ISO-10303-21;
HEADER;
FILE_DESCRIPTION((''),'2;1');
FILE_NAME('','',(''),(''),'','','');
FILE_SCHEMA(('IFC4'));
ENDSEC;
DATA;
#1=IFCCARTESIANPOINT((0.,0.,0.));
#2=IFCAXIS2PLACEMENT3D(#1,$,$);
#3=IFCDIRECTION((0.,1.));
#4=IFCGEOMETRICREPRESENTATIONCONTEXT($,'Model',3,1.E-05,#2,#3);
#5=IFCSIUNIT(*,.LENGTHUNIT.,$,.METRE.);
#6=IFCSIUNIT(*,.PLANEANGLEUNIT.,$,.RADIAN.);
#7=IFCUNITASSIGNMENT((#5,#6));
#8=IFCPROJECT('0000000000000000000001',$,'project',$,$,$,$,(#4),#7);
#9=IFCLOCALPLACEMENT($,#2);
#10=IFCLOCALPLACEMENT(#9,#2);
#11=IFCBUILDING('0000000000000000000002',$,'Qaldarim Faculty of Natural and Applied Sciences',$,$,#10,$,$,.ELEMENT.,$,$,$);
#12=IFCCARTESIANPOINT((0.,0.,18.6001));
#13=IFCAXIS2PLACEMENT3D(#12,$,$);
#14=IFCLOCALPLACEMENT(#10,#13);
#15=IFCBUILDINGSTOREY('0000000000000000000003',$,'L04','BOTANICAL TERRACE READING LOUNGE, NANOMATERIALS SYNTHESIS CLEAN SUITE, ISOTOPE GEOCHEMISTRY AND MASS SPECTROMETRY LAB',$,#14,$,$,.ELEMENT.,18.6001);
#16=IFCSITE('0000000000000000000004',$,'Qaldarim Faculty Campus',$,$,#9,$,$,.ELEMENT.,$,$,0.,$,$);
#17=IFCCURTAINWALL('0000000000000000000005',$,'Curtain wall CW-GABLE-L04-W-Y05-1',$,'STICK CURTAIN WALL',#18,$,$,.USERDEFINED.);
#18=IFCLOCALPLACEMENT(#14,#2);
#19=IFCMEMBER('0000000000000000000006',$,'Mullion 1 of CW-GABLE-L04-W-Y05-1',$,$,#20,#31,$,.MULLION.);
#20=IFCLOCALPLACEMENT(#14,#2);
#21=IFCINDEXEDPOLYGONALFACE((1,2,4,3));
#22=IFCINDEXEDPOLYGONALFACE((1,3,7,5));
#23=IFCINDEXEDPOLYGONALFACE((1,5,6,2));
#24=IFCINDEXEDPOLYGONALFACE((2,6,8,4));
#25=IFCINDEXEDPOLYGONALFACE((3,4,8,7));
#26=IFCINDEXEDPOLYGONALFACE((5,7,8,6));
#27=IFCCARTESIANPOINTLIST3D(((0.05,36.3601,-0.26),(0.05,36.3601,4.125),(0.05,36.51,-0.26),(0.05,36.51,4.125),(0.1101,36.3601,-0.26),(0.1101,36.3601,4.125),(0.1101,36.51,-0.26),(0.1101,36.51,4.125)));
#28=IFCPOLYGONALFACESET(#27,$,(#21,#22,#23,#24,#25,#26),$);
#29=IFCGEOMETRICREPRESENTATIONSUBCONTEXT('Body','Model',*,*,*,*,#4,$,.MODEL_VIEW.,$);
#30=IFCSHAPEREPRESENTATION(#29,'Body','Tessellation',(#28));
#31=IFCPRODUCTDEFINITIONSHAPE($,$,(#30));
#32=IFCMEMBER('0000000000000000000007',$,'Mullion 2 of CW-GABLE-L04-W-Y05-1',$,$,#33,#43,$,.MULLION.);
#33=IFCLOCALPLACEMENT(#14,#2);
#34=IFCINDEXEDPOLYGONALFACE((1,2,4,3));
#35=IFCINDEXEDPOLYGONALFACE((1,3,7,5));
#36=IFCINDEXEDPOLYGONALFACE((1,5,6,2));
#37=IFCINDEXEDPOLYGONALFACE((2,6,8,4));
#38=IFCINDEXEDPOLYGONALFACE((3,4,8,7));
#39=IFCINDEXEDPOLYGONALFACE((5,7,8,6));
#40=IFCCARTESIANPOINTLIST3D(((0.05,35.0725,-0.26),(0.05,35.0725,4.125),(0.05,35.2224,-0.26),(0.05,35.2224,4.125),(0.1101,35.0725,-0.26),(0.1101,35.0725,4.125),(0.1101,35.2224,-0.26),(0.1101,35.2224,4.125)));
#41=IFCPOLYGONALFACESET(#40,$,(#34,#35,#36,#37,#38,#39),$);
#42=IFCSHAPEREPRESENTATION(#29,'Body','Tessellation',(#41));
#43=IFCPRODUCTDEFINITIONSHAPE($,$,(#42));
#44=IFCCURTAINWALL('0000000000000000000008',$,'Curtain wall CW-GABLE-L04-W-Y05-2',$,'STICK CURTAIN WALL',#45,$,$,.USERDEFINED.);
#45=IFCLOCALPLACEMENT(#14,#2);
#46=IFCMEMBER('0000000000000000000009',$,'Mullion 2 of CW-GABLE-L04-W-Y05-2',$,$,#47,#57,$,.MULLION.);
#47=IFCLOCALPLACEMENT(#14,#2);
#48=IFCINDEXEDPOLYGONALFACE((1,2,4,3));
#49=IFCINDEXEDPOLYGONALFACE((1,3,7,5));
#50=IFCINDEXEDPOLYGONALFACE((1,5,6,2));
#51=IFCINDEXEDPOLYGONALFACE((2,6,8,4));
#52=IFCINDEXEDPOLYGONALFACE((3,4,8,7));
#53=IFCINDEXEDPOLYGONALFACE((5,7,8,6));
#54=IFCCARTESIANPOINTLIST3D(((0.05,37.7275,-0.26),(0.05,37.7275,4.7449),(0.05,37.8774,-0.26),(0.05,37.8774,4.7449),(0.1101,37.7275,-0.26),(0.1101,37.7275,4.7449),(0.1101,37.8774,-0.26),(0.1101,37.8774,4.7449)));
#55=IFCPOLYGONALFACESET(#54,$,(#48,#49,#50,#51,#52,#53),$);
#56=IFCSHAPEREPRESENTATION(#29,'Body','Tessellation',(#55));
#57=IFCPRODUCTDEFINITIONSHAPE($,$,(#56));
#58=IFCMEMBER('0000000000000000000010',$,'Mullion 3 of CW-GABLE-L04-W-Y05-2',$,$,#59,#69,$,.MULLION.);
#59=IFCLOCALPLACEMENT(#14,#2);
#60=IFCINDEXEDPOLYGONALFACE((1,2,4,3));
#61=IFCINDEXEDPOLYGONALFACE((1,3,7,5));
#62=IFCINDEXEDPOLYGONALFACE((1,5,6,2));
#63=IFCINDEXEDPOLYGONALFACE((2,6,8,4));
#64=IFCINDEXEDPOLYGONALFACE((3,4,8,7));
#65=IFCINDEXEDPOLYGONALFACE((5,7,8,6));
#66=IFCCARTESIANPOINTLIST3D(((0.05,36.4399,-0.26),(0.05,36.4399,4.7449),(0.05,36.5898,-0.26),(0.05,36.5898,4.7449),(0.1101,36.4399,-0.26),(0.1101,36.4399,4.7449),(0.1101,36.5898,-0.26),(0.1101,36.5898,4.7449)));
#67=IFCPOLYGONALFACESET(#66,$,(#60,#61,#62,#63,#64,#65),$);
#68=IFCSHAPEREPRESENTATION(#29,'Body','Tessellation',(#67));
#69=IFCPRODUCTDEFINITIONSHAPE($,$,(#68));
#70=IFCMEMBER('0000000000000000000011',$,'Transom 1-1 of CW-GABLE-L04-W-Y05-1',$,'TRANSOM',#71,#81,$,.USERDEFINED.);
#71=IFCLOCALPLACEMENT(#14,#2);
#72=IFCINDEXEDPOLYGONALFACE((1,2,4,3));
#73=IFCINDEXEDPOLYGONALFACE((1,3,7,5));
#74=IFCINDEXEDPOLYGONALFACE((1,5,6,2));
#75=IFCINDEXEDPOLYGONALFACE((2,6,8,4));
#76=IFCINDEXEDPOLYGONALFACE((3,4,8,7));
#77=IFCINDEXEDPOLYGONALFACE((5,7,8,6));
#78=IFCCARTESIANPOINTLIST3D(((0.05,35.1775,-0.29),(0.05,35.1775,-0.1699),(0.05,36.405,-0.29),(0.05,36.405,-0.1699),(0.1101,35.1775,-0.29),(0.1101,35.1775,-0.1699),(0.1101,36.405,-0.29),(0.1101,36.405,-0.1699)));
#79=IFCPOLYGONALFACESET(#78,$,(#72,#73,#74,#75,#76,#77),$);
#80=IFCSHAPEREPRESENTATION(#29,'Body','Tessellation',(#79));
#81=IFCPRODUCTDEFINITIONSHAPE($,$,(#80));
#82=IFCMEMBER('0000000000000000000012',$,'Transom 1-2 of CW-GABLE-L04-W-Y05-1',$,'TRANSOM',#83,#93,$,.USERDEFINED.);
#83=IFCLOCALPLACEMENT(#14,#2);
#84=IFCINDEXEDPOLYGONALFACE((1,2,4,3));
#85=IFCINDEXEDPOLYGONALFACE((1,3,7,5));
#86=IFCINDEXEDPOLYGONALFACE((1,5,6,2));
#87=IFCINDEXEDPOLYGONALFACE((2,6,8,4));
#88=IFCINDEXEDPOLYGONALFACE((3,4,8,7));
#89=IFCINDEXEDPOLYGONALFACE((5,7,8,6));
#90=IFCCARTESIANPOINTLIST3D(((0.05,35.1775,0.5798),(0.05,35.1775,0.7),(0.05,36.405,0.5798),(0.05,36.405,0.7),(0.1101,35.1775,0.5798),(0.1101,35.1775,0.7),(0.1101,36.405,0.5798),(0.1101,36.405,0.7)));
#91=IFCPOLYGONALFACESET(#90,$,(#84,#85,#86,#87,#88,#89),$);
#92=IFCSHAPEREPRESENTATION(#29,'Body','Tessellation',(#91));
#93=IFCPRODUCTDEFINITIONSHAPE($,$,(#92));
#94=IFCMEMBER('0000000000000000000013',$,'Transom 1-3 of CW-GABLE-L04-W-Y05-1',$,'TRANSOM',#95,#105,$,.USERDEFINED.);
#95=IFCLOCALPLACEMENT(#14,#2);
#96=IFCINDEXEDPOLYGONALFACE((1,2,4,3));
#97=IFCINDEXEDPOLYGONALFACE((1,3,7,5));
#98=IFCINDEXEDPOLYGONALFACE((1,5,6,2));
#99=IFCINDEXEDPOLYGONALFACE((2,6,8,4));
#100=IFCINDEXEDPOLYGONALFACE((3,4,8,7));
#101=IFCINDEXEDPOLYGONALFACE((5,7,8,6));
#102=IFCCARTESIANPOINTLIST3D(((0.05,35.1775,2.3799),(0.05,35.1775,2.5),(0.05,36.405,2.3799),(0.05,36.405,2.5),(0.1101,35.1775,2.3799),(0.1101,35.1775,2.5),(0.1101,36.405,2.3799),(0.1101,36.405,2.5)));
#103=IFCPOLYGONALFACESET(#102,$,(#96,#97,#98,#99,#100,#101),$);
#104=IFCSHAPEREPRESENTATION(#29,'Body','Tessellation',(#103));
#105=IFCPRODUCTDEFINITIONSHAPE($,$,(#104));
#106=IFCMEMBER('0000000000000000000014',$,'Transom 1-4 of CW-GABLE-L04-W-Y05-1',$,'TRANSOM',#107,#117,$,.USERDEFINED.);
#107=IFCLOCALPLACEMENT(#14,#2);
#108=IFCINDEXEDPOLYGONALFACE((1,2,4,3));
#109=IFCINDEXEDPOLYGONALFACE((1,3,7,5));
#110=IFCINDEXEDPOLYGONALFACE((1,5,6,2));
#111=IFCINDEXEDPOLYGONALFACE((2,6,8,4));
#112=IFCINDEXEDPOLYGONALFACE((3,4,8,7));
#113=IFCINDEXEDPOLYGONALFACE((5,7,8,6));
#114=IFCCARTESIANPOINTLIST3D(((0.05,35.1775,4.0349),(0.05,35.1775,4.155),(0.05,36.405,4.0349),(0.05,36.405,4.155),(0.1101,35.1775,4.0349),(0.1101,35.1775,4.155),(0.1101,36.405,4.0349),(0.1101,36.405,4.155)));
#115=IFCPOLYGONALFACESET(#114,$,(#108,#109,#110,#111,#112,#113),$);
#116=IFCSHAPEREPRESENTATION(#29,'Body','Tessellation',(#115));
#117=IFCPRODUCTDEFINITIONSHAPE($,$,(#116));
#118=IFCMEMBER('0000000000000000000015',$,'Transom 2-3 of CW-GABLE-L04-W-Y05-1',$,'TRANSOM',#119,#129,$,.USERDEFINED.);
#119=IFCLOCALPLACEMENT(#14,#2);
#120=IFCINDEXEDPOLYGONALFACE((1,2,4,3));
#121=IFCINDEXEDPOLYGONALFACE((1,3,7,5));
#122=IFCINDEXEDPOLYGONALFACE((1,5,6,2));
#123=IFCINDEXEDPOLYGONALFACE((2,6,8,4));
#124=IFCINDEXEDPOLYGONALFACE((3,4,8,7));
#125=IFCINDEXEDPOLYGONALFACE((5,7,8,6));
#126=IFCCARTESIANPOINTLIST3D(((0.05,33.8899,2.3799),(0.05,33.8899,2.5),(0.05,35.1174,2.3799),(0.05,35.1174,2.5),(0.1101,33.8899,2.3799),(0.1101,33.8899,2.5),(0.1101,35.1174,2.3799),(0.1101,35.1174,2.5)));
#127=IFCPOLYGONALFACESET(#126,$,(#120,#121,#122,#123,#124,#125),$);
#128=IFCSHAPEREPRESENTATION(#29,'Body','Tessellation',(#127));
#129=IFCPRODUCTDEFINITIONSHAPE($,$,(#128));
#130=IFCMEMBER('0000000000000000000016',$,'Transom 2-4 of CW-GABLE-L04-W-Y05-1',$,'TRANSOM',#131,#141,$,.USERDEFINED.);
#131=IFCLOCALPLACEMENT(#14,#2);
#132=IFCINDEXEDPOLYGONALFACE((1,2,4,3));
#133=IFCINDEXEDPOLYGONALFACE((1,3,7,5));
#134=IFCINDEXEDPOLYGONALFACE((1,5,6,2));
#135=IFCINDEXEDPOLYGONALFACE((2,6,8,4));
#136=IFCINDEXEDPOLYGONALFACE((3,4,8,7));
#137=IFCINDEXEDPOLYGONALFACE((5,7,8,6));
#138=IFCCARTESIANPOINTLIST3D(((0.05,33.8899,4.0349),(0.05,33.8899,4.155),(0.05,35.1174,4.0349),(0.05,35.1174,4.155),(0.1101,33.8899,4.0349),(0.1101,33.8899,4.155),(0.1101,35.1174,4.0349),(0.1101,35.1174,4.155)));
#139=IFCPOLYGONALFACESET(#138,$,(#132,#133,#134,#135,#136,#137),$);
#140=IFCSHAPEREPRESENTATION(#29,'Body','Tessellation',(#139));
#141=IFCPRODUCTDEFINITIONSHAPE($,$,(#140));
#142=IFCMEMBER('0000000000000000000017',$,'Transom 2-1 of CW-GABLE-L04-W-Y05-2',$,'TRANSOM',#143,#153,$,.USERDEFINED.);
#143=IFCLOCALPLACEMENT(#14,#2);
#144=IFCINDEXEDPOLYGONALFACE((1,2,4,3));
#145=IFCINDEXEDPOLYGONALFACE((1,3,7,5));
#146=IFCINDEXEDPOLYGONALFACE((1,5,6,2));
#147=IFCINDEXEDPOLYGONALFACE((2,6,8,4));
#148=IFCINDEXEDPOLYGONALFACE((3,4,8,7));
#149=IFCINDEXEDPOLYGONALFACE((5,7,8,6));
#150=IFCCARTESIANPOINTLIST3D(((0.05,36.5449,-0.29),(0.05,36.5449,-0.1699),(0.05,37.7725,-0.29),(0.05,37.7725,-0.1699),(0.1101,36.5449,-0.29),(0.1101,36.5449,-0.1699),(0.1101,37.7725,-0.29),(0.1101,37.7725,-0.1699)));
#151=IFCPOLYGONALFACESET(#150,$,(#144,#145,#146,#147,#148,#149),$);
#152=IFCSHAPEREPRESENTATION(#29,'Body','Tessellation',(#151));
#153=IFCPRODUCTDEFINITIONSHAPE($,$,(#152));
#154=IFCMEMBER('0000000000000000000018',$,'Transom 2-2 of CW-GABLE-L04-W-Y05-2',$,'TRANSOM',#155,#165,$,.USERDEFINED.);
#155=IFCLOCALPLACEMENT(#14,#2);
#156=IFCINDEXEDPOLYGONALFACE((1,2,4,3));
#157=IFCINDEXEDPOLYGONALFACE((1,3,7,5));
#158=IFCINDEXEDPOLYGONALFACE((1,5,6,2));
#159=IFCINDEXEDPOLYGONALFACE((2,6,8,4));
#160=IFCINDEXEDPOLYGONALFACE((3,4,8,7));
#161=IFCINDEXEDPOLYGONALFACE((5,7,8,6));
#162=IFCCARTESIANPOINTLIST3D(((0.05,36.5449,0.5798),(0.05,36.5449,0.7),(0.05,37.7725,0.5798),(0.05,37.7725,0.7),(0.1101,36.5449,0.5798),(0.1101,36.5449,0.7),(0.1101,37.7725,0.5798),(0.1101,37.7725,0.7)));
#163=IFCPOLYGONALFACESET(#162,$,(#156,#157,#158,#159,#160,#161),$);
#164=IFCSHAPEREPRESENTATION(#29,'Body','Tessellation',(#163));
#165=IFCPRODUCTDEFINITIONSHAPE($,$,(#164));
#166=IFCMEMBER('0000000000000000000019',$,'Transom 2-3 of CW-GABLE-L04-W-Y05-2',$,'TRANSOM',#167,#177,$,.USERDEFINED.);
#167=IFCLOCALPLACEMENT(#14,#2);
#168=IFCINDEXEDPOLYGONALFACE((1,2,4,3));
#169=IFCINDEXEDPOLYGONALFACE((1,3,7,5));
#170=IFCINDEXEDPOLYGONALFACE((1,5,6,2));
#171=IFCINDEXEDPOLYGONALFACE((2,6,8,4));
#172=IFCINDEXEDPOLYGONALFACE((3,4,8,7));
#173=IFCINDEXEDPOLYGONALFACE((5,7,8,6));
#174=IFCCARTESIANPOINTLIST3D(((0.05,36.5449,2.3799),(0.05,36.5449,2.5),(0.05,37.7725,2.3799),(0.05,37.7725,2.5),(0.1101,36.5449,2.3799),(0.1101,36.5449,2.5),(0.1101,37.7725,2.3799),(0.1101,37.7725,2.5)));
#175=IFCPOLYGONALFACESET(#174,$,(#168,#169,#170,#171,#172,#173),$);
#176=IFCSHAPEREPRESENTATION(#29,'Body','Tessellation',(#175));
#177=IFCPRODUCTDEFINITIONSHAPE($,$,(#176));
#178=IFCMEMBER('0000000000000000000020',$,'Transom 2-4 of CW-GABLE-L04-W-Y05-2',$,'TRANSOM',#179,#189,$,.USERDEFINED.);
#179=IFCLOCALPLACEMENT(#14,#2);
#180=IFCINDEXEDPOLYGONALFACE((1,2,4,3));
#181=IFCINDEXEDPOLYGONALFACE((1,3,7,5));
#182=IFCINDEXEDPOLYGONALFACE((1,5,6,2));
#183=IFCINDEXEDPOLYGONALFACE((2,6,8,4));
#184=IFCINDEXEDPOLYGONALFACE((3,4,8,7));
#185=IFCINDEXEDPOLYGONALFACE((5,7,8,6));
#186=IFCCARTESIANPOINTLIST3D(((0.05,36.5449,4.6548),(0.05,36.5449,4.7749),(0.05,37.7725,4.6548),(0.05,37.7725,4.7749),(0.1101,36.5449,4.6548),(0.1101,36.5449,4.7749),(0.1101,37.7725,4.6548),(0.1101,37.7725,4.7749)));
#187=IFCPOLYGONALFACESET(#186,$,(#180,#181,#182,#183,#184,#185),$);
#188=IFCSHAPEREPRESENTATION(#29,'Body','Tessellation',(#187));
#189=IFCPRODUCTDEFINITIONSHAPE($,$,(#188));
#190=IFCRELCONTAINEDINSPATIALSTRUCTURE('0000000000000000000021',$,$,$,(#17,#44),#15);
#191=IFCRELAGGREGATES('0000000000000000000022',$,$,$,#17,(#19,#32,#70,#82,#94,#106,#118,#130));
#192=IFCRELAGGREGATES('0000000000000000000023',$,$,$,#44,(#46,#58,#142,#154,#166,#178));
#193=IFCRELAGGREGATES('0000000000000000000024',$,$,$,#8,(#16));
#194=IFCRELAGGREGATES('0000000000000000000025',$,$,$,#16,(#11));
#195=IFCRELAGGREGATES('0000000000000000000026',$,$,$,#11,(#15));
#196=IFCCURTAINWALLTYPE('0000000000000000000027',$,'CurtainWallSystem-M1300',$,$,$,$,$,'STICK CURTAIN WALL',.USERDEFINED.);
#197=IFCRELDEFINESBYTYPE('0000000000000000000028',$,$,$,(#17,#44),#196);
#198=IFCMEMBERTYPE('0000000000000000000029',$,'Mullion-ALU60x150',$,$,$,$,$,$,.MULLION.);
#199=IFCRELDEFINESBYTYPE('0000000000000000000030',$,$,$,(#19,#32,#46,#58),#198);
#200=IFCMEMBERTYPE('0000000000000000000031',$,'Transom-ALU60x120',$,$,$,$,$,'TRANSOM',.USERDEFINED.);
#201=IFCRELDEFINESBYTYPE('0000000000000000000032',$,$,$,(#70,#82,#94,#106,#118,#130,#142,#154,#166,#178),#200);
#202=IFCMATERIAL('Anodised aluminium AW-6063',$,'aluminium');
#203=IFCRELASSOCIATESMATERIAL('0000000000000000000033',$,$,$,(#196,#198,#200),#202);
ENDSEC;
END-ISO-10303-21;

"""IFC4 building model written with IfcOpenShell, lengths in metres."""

from ifc_helpers import new_model, si_unit, direction, frame, origin, origin_2d, place, context, subcontext, project, spatial, rectangle, extrude, material, material_profile, profile_set, type_object, element, aggregate, save


model = new_model("IFC4")

# Units and contexts
model_context = context("Model", 3, precision=1e-05, world=origin(), true_north=direction((0.0, 1.0)))
body_context = subcontext(model_context, "Body", "Model", "MODEL_VIEW")
ifc_project = project(units=[si_unit("LENGTHUNIT", "METRE"), si_unit("PLANEANGLEUNIT", "RADIAN")], contexts=[model_context])

# Site, building, storey
site_placement = place(None, origin())
site = spatial("IfcSite", under=ifc_project, at=site_placement, Name="Qaldarim Faculty Campus", CompositionType="ELEMENT", RefElevation=0.0)
building_placement = place(site_placement, origin())
building = spatial("IfcBuilding", under=site, at=building_placement, Name="Qaldarim Faculty of Natural and Applied Sciences", CompositionType="ELEMENT")
storey_placement = place(building_placement, frame((0.0, 0.0, 18.6001)))
storey = spatial("IfcBuildingStorey", under=building, at=storey_placement, Name="L04", Description="BOTANICAL TERRACE READING LOUNGE, NANOMATERIALS SYNTHESIS CLEAN SUITE, ISOTOPE GEOCHEMISTRY AND MASS SPECTROMETRY LAB", CompositionType="ELEMENT", Elevation=18.6001)

# Curtain walls, members
ifc_material_1 = material(Name="Anodised aluminium AW-6063", Category="aluminium")
curtain_wall_type = type_object("IfcCurtainWallType", Name="CurtainWallSystem-M1300", ElementType="STICK CURTAIN WALL", PredefinedType="USERDEFINED", material=ifc_material_1)
curtain_wall_1_placement = place(storey_placement, origin())
curtain_wall_1 = element("IfcCurtainWall", 1, at=curtain_wall_1_placement, inside=storey, type_object=curtain_wall_type, Name="Curtain wall CW-GABLE-L04-W-Y05-1", ObjectType="STICK CURTAIN WALL", PredefinedType="USERDEFINED")
ifc_material_profile_1 = material_profile(ifc_material_1, rectangle(XDim=0.0601, YDim=0.1499, at=origin_2d()), Name="ALU-M60x150")
ifc_profile_set_1 = profile_set([ifc_material_profile_1], Name="Anodised aluminium AW-6063")
member_type_1 = type_object("IfcMemberType", Name="Mullion-ALU60x150", PredefinedType="MULLION", material=ifc_profile_set_1)
member_1_placement = place(storey_placement, frame((0.0801, 36.4351, -0.26), z_axis=(0.0, 0.0, 1.0), x_axis=(1.0, 0.0, 0.0)))
member_1 = element("IfcMember", 2, at=member_1_placement, type_object=member_type_1, Name="Mullion 1 of CW-GABLE-L04-W-Y05-1", PredefinedType="MULLION", context=body_context, shape_type="SweptSolid", body=[
    extrude(rectangle(XDim=0.0601, YDim=0.1499, at=origin_2d()), origin(), (0.0, 0.0, 1.0), 4.385),
])
member_2_placement = place(storey_placement, frame((0.0801, 35.1475, -0.26), z_axis=(0.0, 0.0, 1.0), x_axis=(1.0, 0.0, 0.0)))
member_2 = element("IfcMember", 3, at=member_2_placement, type_object=member_type_1, Name="Mullion 2 of CW-GABLE-L04-W-Y05-1", PredefinedType="MULLION", context=body_context, shape_type="SweptSolid", body=[
    extrude(rectangle(XDim=0.0601, YDim=0.1499, at=origin_2d()), origin(), (0.0, 0.0, 1.0), 4.385),
])
curtain_wall_2_placement = place(storey_placement, origin())
curtain_wall_2 = element("IfcCurtainWall", 4, at=curtain_wall_2_placement, inside=storey, type_object=curtain_wall_type, Name="Curtain wall CW-GABLE-L04-W-Y05-2", ObjectType="STICK CURTAIN WALL", PredefinedType="USERDEFINED")
member_3_placement = place(storey_placement, frame((0.0801, 37.8025, -0.26), z_axis=(0.0, 0.0, 1.0), x_axis=(1.0, 0.0, 0.0)))
member_3 = element("IfcMember", 5, at=member_3_placement, type_object=member_type_1, Name="Mullion 2 of CW-GABLE-L04-W-Y05-2", PredefinedType="MULLION", context=body_context, shape_type="SweptSolid", body=[
    extrude(rectangle(XDim=0.0601, YDim=0.1499, at=origin_2d()), origin(), (0.0, 0.0, 1.0), 5.0049),
])
member_4_placement = place(storey_placement, frame((0.0801, 36.5149, -0.26), z_axis=(0.0, 0.0, 1.0), x_axis=(1.0, 0.0, 0.0)))
member_4 = element("IfcMember", 6, at=member_4_placement, type_object=member_type_1, Name="Mullion 3 of CW-GABLE-L04-W-Y05-2", PredefinedType="MULLION", context=body_context, shape_type="SweptSolid", body=[
    extrude(rectangle(XDim=0.0601, YDim=0.1499, at=origin_2d()), origin(), (0.0, 0.0, 1.0), 5.0049),
])

# Members
ifc_material_profile_2 = material_profile(ifc_material_1, rectangle(XDim=0.0601, YDim=0.1201, at=origin_2d()), Name="ALU-T60x120")
ifc_profile_set_2 = profile_set([ifc_material_profile_2], Name="Anodised aluminium AW-6063")
member_type_2 = type_object("IfcMemberType", Name="Transom-ALU60x120", ElementType="TRANSOM", PredefinedType="USERDEFINED", material=ifc_profile_set_2)
member_5_placement = place(storey_placement, frame((0.0801, 36.405, -0.23), z_axis=(0.0, -1.0, 0.0), x_axis=(1.0, 0.0, 0.0)))
member_5 = element("IfcMember", 7, at=member_5_placement, type_object=member_type_2, Name="Transom 1-1 of CW-GABLE-L04-W-Y05-1", ObjectType="TRANSOM", PredefinedType="USERDEFINED", context=body_context, shape_type="SweptSolid", body=[
    extrude(rectangle(XDim=0.0601, YDim=0.1201, at=origin_2d()), origin(), (0.0, 0.0, 1.0), 1.2275),
])
member_6_placement = place(storey_placement, frame((0.0801, 36.405, 0.6399), z_axis=(0.0, -1.0, 0.0), x_axis=(1.0, 0.0, 0.0)))
member_6 = element("IfcMember", 8, at=member_6_placement, type_object=member_type_2, Name="Transom 1-2 of CW-GABLE-L04-W-Y05-1", ObjectType="TRANSOM", PredefinedType="USERDEFINED", context=body_context, shape_type="SweptSolid", body=[
    extrude(rectangle(XDim=0.0601, YDim=0.1201, at=origin_2d()), origin(), (0.0, 0.0, 1.0), 1.2275),
])
member_7_placement = place(storey_placement, frame((0.0801, 36.405, 2.4399), z_axis=(0.0, -1.0, 0.0), x_axis=(1.0, 0.0, 0.0)))
member_7 = element("IfcMember", 9, at=member_7_placement, type_object=member_type_2, Name="Transom 1-3 of CW-GABLE-L04-W-Y05-1", ObjectType="TRANSOM", PredefinedType="USERDEFINED", context=body_context, shape_type="SweptSolid", body=[
    extrude(rectangle(XDim=0.0601, YDim=0.1201, at=origin_2d()), origin(), (0.0, 0.0, 1.0), 1.2275),
])
member_8_placement = place(storey_placement, frame((0.0801, 36.405, 4.095), z_axis=(0.0, -1.0, 0.0), x_axis=(1.0, 0.0, 0.0)))
member_8 = element("IfcMember", 10, at=member_8_placement, type_object=member_type_2, Name="Transom 1-4 of CW-GABLE-L04-W-Y05-1", ObjectType="TRANSOM", PredefinedType="USERDEFINED", context=body_context, shape_type="SweptSolid", body=[
    extrude(rectangle(XDim=0.0601, YDim=0.1201, at=origin_2d()), origin(), (0.0, 0.0, 1.0), 1.2275),
])
member_9_placement = place(storey_placement, frame((0.0801, 35.1174, 2.4399), z_axis=(0.0, -1.0, 0.0), x_axis=(1.0, 0.0, 0.0)))
member_9 = element("IfcMember", 11, at=member_9_placement, type_object=member_type_2, Name="Transom 2-3 of CW-GABLE-L04-W-Y05-1", ObjectType="TRANSOM", PredefinedType="USERDEFINED", context=body_context, shape_type="SweptSolid", body=[
    extrude(rectangle(XDim=0.0601, YDim=0.1201, at=origin_2d()), origin(), (0.0, 0.0, 1.0), 1.2275),
])
member_10_placement = place(storey_placement, frame((0.0801, 35.1174, 4.095), z_axis=(0.0, -1.0, 0.0), x_axis=(1.0, 0.0, 0.0)))
member_10 = element("IfcMember", 12, at=member_10_placement, type_object=member_type_2, Name="Transom 2-4 of CW-GABLE-L04-W-Y05-1", ObjectType="TRANSOM", PredefinedType="USERDEFINED", context=body_context, shape_type="SweptSolid", body=[
    extrude(rectangle(XDim=0.0601, YDim=0.1201, at=origin_2d()), origin(), (0.0, 0.0, 1.0), 1.2275),
])
member_11_placement = place(storey_placement, frame((0.0801, 37.7725, -0.23), z_axis=(0.0, -1.0, 0.0), x_axis=(1.0, 0.0, 0.0)))
member_11 = element("IfcMember", 13, at=member_11_placement, type_object=member_type_2, Name="Transom 2-1 of CW-GABLE-L04-W-Y05-2", ObjectType="TRANSOM", PredefinedType="USERDEFINED", context=body_context, shape_type="SweptSolid", body=[
    extrude(rectangle(XDim=0.0601, YDim=0.1201, at=origin_2d()), origin(), (0.0, 0.0, 1.0), 1.2275),
])
member_12_placement = place(storey_placement, frame((0.0801, 37.7725, 0.6399), z_axis=(0.0, -1.0, 0.0), x_axis=(1.0, 0.0, 0.0)))
member_12 = element("IfcMember", 14, at=member_12_placement, type_object=member_type_2, Name="Transom 2-2 of CW-GABLE-L04-W-Y05-2", ObjectType="TRANSOM", PredefinedType="USERDEFINED", context=body_context, shape_type="SweptSolid", body=[
    extrude(rectangle(XDim=0.0601, YDim=0.1201, at=origin_2d()), origin(), (0.0, 0.0, 1.0), 1.2275),
])
member_13_placement = place(storey_placement, frame((0.0801, 37.7725, 2.4399), z_axis=(0.0, -1.0, 0.0), x_axis=(1.0, 0.0, 0.0)))
member_13 = element("IfcMember", 15, at=member_13_placement, type_object=member_type_2, Name="Transom 2-3 of CW-GABLE-L04-W-Y05-2", ObjectType="TRANSOM", PredefinedType="USERDEFINED", context=body_context, shape_type="SweptSolid", body=[
    extrude(rectangle(XDim=0.0601, YDim=0.1201, at=origin_2d()), origin(), (0.0, 0.0, 1.0), 1.2275),
])
member_14_placement = place(storey_placement, frame((0.0801, 37.7725, 4.7148), z_axis=(0.0, -1.0, 0.0), x_axis=(1.0, 0.0, 0.0)))
member_14 = element("IfcMember", 16, at=member_14_placement, type_object=member_type_2, Name="Transom 2-4 of CW-GABLE-L04-W-Y05-2", ObjectType="TRANSOM", PredefinedType="USERDEFINED", context=body_context, shape_type="SweptSolid", body=[
    extrude(rectangle(XDim=0.0601, YDim=0.1201, at=origin_2d()), origin(), (0.0, 0.0, 1.0), 1.2275),
])

aggregate(curtain_wall_1, [member_1, member_2, member_5, member_6, member_7, member_8, member_9, member_10])
aggregate(curtain_wall_2, [member_3, member_4, member_11, member_12, member_13, member_14])

save(model, "model.ifc")
